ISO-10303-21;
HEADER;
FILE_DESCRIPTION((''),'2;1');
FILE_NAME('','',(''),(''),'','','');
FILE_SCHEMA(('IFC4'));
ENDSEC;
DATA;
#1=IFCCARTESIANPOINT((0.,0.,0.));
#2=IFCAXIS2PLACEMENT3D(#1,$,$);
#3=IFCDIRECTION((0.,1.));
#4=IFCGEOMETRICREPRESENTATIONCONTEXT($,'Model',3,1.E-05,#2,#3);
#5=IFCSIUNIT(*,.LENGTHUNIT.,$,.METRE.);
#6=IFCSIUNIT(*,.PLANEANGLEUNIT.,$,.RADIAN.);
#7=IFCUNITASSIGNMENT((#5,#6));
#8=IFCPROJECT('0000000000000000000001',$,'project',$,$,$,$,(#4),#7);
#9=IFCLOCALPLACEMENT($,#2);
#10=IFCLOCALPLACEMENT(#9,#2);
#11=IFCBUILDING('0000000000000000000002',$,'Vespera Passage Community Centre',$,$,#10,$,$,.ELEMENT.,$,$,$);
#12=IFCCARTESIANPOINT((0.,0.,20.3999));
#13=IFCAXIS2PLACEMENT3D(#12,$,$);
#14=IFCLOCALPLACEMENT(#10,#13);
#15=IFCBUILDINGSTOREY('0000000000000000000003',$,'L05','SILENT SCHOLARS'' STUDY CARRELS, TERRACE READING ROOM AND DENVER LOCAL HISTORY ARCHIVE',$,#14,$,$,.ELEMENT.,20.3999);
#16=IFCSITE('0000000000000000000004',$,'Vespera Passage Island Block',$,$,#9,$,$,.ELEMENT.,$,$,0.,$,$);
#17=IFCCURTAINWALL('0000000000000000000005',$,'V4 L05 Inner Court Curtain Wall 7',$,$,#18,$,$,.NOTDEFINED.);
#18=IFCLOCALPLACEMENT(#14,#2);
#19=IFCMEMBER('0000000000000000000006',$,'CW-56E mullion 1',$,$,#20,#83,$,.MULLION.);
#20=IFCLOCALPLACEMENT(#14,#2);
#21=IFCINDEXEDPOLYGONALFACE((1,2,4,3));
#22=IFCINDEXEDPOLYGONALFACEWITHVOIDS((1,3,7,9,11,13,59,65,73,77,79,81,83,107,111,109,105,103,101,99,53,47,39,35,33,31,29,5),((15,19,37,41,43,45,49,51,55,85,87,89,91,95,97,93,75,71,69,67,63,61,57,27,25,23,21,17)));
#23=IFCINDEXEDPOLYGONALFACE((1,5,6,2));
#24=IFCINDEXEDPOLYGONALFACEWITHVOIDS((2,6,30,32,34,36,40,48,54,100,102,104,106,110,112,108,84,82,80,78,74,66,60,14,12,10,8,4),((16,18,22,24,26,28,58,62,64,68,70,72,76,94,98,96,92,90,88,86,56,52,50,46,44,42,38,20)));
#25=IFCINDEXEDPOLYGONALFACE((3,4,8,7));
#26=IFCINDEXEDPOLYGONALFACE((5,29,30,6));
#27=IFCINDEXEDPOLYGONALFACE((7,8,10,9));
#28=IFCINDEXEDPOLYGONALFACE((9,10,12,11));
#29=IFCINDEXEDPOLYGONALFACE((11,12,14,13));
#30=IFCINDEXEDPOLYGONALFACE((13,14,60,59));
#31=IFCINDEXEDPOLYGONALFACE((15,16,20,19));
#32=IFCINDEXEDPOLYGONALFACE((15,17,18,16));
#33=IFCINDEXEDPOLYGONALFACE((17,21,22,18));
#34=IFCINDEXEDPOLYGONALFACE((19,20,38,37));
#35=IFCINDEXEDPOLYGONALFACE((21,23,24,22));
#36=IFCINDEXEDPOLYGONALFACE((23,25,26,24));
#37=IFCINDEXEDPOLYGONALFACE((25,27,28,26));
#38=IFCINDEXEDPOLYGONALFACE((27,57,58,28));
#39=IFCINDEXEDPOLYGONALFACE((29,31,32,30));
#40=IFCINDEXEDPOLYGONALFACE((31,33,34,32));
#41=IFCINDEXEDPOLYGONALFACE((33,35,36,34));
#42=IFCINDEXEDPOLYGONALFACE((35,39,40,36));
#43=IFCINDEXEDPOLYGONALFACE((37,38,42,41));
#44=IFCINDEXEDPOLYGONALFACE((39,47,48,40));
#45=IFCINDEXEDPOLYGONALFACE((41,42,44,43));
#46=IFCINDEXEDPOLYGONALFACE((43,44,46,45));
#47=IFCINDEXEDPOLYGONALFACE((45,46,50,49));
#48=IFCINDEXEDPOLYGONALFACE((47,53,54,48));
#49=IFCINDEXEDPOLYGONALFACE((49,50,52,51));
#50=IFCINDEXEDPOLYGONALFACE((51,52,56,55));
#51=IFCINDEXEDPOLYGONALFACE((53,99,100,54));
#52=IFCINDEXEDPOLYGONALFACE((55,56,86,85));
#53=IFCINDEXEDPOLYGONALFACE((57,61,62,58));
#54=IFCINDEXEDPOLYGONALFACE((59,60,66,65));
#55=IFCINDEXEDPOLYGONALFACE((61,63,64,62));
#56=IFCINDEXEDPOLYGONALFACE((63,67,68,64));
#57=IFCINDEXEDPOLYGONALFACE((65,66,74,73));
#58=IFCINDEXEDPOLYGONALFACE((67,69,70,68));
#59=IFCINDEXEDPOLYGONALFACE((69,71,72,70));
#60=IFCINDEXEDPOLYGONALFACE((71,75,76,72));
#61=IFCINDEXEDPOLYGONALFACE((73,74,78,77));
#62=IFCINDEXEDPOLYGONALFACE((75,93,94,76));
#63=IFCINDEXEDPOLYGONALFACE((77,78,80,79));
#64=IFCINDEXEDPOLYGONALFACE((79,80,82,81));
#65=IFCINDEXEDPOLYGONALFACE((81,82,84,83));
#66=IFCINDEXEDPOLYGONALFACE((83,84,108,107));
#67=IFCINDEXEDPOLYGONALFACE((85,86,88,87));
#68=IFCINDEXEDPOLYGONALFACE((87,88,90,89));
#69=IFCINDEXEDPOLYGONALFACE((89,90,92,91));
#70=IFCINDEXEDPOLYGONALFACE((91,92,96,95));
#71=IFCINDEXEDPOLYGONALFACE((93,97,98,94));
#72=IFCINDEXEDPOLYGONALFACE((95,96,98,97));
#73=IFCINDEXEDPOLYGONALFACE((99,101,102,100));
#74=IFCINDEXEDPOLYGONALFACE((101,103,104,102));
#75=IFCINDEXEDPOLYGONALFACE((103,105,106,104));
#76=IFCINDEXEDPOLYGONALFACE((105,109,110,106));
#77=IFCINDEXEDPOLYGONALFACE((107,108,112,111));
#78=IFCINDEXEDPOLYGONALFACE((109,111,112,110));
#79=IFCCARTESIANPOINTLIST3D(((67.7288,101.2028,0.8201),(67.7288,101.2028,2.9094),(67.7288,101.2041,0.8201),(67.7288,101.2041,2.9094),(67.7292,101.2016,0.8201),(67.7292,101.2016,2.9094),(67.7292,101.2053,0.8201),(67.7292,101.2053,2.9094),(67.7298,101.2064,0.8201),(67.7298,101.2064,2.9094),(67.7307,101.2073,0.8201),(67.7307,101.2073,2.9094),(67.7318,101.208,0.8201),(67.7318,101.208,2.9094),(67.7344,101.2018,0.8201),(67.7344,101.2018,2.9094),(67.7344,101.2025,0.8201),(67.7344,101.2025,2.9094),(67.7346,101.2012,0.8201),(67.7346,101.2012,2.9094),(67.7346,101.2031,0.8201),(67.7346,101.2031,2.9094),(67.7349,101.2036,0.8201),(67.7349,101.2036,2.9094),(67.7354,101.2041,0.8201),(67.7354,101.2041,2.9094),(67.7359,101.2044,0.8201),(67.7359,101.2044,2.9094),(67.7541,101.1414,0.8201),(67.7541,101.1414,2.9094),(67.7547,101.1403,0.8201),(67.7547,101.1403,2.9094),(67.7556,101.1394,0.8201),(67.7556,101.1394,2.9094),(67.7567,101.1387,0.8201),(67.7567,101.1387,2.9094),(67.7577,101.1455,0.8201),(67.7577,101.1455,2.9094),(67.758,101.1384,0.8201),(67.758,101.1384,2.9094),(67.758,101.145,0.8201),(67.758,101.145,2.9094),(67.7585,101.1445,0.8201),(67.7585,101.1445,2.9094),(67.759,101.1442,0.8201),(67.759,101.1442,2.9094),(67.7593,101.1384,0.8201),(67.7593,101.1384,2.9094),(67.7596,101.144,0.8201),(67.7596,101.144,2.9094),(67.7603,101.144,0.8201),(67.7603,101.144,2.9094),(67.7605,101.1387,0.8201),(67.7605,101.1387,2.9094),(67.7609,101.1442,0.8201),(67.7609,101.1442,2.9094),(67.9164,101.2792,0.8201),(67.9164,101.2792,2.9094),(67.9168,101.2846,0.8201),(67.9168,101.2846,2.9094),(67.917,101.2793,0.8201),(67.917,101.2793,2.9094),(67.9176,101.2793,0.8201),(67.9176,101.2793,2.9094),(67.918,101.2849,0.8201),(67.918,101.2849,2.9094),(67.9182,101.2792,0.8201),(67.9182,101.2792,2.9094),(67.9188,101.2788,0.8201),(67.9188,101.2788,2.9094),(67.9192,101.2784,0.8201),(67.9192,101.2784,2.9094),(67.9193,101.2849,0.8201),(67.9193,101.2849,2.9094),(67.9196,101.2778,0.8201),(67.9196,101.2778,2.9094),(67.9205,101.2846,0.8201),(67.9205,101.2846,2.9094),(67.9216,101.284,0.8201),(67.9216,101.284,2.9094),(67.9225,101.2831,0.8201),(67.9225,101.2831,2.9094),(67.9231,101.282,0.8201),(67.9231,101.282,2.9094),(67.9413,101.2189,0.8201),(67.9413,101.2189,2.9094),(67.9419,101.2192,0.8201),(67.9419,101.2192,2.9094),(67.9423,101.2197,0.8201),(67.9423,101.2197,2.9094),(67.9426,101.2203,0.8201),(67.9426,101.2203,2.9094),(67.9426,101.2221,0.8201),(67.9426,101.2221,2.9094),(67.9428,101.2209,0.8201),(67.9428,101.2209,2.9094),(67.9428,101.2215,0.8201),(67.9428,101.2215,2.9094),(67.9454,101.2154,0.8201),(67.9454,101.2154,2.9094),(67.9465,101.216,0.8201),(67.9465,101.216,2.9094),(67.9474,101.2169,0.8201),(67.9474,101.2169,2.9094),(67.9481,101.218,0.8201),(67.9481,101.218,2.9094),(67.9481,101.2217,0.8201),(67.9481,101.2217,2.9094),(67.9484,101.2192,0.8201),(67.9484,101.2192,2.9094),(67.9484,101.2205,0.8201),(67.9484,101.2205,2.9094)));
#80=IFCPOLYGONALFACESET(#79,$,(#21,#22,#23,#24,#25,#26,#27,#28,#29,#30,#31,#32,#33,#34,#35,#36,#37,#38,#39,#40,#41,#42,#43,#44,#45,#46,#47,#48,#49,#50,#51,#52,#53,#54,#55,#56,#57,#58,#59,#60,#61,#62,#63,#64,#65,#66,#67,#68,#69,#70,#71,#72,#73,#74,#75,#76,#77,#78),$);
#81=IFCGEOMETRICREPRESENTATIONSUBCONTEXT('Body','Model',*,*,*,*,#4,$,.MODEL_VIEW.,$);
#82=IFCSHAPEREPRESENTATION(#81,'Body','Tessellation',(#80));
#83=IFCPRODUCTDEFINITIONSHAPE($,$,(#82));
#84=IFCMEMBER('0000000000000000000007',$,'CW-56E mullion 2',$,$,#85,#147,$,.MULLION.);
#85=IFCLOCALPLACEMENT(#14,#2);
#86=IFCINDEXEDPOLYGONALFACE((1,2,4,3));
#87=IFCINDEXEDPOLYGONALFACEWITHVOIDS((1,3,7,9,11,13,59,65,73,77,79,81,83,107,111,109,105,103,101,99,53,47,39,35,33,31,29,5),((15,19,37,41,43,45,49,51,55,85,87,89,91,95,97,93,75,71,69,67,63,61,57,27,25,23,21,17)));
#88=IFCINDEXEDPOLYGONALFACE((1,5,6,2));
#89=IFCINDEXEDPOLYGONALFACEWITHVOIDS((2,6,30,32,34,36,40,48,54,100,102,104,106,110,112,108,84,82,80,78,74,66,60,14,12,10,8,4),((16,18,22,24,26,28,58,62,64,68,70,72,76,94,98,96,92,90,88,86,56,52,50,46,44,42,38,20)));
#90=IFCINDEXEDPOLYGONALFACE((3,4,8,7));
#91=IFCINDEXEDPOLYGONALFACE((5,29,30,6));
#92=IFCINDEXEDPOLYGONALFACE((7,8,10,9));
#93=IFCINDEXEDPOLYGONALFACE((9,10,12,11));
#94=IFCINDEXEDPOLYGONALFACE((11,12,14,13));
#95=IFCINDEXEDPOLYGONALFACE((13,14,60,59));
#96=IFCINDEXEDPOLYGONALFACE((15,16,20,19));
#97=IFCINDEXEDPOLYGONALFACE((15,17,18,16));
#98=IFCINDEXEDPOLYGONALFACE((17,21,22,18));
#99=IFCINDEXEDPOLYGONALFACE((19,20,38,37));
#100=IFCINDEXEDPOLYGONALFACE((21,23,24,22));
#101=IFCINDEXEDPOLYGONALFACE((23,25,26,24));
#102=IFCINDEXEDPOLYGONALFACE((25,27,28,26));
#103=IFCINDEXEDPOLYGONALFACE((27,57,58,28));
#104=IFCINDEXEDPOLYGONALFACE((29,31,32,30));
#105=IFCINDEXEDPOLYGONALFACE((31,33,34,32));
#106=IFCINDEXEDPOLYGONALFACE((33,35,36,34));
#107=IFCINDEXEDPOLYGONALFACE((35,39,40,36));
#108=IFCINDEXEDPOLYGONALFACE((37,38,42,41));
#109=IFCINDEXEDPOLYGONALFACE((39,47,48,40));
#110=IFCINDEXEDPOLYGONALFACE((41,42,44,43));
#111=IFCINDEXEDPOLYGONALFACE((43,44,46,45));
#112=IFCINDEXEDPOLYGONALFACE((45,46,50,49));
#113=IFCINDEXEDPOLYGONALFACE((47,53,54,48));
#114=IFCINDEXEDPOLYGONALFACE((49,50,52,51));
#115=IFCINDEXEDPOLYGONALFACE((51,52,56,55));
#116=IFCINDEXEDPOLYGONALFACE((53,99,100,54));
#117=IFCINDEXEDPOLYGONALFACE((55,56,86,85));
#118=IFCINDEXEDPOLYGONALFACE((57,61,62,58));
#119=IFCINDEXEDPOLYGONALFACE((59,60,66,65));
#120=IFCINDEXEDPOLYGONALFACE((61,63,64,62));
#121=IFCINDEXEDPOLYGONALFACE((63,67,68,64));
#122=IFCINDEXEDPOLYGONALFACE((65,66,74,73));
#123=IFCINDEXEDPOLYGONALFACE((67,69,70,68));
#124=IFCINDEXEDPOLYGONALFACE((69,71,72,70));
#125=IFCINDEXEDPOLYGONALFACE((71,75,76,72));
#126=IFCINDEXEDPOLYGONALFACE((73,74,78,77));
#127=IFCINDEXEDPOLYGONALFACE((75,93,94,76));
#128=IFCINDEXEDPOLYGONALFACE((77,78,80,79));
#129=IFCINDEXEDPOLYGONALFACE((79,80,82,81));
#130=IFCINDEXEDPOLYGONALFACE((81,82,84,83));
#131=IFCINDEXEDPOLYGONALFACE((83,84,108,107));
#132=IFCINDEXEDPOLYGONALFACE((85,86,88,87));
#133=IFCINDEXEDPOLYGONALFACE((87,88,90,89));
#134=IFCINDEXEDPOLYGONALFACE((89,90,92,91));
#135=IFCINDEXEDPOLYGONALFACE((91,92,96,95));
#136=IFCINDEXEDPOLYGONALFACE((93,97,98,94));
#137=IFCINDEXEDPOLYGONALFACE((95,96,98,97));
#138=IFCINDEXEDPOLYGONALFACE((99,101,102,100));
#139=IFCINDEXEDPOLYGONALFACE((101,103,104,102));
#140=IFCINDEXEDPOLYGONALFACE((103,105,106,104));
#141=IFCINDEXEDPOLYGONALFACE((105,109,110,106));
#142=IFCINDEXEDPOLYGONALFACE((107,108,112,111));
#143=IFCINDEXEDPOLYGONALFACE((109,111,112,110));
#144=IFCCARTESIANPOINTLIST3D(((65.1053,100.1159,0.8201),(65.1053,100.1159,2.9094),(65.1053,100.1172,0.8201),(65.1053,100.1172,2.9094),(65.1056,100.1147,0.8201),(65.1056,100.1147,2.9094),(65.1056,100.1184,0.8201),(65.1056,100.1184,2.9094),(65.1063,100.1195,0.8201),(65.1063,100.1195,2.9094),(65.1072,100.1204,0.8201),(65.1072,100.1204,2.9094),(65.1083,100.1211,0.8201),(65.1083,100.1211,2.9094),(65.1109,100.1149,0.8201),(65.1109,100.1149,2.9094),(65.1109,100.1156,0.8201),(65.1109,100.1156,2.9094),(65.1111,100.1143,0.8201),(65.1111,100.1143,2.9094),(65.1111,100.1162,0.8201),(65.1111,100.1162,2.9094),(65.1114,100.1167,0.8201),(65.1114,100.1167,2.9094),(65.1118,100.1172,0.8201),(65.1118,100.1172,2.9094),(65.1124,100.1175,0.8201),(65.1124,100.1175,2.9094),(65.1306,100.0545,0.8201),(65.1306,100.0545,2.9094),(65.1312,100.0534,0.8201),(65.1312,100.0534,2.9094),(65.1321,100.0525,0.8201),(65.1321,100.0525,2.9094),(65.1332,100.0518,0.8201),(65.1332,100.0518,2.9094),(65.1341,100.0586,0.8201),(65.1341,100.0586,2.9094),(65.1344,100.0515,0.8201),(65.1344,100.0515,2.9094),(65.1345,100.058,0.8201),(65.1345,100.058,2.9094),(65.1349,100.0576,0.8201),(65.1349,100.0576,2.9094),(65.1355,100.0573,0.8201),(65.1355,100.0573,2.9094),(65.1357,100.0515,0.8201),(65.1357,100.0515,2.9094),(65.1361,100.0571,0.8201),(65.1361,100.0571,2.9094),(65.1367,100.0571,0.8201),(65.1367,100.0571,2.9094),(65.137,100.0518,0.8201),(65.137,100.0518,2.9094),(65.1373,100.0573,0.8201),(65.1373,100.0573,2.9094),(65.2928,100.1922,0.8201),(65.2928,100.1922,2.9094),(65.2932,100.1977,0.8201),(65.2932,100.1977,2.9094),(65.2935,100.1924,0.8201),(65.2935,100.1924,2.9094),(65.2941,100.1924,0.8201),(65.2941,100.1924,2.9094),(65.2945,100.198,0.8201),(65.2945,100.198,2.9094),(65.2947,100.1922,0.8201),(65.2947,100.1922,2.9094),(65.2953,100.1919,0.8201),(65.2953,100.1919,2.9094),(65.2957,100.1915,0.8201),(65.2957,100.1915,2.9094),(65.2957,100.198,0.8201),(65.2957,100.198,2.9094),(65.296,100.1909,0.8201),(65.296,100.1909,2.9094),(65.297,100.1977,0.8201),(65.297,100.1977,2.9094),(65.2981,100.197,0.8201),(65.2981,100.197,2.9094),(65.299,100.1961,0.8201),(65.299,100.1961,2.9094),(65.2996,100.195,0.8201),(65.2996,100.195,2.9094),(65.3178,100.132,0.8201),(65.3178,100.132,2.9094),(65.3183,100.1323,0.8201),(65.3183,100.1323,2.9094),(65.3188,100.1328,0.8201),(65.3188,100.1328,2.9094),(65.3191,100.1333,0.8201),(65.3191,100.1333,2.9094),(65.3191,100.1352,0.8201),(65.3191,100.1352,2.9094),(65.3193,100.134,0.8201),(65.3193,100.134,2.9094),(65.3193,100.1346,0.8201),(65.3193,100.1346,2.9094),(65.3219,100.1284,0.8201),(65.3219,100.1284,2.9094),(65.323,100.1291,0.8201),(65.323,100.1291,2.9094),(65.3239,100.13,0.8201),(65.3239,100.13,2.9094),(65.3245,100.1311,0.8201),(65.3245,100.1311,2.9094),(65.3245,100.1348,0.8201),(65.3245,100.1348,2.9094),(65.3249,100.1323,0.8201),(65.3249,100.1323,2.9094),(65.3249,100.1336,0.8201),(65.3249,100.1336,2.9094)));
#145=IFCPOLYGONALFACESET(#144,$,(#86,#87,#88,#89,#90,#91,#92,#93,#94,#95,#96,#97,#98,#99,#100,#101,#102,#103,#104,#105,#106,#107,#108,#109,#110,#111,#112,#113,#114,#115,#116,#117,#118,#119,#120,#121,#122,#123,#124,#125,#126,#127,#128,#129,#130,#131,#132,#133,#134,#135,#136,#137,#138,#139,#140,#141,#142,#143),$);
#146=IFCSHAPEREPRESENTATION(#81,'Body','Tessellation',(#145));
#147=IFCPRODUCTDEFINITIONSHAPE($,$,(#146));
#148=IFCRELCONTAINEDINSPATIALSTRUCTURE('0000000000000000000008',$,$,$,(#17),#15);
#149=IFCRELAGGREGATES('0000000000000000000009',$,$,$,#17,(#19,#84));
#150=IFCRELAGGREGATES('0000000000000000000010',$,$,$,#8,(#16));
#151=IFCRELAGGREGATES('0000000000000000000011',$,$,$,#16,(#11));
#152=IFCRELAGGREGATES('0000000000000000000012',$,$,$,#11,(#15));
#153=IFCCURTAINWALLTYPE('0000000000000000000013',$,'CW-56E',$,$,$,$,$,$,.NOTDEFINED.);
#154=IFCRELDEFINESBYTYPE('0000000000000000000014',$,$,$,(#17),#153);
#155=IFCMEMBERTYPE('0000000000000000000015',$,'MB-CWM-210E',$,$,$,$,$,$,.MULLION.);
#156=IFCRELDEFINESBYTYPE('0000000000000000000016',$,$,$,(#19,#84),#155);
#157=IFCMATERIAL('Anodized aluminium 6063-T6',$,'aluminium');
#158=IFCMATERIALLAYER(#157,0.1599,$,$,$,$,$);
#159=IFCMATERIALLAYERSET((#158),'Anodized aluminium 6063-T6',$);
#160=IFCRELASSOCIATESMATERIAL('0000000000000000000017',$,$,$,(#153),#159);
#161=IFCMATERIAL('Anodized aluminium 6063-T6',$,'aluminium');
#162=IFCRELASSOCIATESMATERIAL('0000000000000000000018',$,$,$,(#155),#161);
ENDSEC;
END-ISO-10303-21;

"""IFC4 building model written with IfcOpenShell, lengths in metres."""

from ifc_helpers import new_model, si_unit, direction, frame, origin, origin_2d, place, context, subcontext, project, spatial, hollow_rectangle, extrude, material, layer, layer_set, material_profile, profile_set, type_object, element, aggregate, save


model = new_model("IFC4")

# Units and contexts
model_context = context("Model", 3, precision=1e-05, world=origin(), true_north=direction((0.0, 1.0)))
body_context = subcontext(model_context, "Body", "Model", "MODEL_VIEW")
ifc_project = project(units=[si_unit("LENGTHUNIT", "METRE"), si_unit("PLANEANGLEUNIT", "RADIAN")], contexts=[model_context])

# Site, building, storey
site_placement = place(None, origin())
site = spatial("IfcSite", under=ifc_project, at=site_placement, Name="Vespera Passage Island Block", CompositionType="ELEMENT", RefElevation=0.0)
building_placement = place(site_placement, origin())
building = spatial("IfcBuilding", under=site, at=building_placement, Name="Vespera Passage Community Centre", CompositionType="ELEMENT")
storey_placement = place(building_placement, frame((0.0, 0.0, 20.3999)))
storey = spatial("IfcBuildingStorey", under=building, at=storey_placement, Name="L05", Description="SILENT SCHOLARS' STUDY CARRELS, TERRACE READING ROOM AND DENVER LOCAL HISTORY ARCHIVE", CompositionType="ELEMENT", Elevation=20.3999)

# Curtain wall, members
ifc_material_1 = material(Name="Anodized aluminium 6063-T6", Category="aluminium")
ifc_layer_1 = layer(ifc_material_1, 0.1599)
ifc_layer_set_1 = layer_set([ifc_layer_1], Name="Anodized aluminium 6063-T6")
curtain_wall_type = type_object("IfcCurtainWallType", Name="CW-56E", PredefinedType="NOTDEFINED", material=ifc_layer_set_1)
curtain_wall_placement = place(storey_placement, origin())
curtain_wall = element("IfcCurtainWall", 1, at=curtain_wall_placement, inside=storey, type_object=curtain_wall_type, Name="V4 L05 Inner Court Curtain Wall 7", PredefinedType="NOTDEFINED")
ifc_material_2 = material(Name="Anodized aluminium 6063-T6", Category="aluminium")
ifc_material_profile_1 = material_profile(ifc_material_2, hollow_rectangle(XDim=0.075, YDim=0.21, WallThickness=0.0049, InnerFilletRadius=0.0024, OuterFilletRadius=0.0049, at=origin_2d()), Name="ALU210X75X5")
ifc_profile_set_1 = profile_set([ifc_material_profile_1], Name="Anodized aluminium 6063-T6")
member_type_1 = type_object("IfcMemberType", Name="MB-CWM-210E", PredefinedType="MULLION", material=ifc_profile_set_1)
member_1_placement = place(storey_placement, frame((67.8386, 101.2117, 0.8201), z_axis=(0.0, 0.0, 1.0), x_axis=(0.38269, -0.923877, 0.0)))
member_1 = element("IfcMember", 2, at=member_1_placement, type_object=member_type_1, Name="CW-56E mullion 1", PredefinedType="MULLION", context=body_context, shape_type="SweptSolid", body=[
    extrude(hollow_rectangle(XDim=0.075, YDim=0.21, WallThickness=0.0049, InnerFilletRadius=0.0024, OuterFilletRadius=0.0049, at=origin_2d()), origin(), (0.0, 0.0, 1.0), 2.0894),
])
member_2_placement = place(storey_placement, frame((65.2151, 100.1248, 0.8201), z_axis=(0.0, 0.0, 1.0), x_axis=(0.38269, -0.923877, 0.0)))
member_2 = element("IfcMember", 3, at=member_2_placement, type_object=member_type_1, Name="CW-56E mullion 2", PredefinedType="MULLION", context=body_context, shape_type="SweptSolid", body=[
    extrude(hollow_rectangle(XDim=0.075, YDim=0.21, WallThickness=0.0049, InnerFilletRadius=0.0024, OuterFilletRadius=0.0049, at=origin_2d()), origin(), (0.0, 0.0, 1.0), 2.0894),
])
aggregate(curtain_wall, [member_1, member_2])

save(model, "model.ifc")
